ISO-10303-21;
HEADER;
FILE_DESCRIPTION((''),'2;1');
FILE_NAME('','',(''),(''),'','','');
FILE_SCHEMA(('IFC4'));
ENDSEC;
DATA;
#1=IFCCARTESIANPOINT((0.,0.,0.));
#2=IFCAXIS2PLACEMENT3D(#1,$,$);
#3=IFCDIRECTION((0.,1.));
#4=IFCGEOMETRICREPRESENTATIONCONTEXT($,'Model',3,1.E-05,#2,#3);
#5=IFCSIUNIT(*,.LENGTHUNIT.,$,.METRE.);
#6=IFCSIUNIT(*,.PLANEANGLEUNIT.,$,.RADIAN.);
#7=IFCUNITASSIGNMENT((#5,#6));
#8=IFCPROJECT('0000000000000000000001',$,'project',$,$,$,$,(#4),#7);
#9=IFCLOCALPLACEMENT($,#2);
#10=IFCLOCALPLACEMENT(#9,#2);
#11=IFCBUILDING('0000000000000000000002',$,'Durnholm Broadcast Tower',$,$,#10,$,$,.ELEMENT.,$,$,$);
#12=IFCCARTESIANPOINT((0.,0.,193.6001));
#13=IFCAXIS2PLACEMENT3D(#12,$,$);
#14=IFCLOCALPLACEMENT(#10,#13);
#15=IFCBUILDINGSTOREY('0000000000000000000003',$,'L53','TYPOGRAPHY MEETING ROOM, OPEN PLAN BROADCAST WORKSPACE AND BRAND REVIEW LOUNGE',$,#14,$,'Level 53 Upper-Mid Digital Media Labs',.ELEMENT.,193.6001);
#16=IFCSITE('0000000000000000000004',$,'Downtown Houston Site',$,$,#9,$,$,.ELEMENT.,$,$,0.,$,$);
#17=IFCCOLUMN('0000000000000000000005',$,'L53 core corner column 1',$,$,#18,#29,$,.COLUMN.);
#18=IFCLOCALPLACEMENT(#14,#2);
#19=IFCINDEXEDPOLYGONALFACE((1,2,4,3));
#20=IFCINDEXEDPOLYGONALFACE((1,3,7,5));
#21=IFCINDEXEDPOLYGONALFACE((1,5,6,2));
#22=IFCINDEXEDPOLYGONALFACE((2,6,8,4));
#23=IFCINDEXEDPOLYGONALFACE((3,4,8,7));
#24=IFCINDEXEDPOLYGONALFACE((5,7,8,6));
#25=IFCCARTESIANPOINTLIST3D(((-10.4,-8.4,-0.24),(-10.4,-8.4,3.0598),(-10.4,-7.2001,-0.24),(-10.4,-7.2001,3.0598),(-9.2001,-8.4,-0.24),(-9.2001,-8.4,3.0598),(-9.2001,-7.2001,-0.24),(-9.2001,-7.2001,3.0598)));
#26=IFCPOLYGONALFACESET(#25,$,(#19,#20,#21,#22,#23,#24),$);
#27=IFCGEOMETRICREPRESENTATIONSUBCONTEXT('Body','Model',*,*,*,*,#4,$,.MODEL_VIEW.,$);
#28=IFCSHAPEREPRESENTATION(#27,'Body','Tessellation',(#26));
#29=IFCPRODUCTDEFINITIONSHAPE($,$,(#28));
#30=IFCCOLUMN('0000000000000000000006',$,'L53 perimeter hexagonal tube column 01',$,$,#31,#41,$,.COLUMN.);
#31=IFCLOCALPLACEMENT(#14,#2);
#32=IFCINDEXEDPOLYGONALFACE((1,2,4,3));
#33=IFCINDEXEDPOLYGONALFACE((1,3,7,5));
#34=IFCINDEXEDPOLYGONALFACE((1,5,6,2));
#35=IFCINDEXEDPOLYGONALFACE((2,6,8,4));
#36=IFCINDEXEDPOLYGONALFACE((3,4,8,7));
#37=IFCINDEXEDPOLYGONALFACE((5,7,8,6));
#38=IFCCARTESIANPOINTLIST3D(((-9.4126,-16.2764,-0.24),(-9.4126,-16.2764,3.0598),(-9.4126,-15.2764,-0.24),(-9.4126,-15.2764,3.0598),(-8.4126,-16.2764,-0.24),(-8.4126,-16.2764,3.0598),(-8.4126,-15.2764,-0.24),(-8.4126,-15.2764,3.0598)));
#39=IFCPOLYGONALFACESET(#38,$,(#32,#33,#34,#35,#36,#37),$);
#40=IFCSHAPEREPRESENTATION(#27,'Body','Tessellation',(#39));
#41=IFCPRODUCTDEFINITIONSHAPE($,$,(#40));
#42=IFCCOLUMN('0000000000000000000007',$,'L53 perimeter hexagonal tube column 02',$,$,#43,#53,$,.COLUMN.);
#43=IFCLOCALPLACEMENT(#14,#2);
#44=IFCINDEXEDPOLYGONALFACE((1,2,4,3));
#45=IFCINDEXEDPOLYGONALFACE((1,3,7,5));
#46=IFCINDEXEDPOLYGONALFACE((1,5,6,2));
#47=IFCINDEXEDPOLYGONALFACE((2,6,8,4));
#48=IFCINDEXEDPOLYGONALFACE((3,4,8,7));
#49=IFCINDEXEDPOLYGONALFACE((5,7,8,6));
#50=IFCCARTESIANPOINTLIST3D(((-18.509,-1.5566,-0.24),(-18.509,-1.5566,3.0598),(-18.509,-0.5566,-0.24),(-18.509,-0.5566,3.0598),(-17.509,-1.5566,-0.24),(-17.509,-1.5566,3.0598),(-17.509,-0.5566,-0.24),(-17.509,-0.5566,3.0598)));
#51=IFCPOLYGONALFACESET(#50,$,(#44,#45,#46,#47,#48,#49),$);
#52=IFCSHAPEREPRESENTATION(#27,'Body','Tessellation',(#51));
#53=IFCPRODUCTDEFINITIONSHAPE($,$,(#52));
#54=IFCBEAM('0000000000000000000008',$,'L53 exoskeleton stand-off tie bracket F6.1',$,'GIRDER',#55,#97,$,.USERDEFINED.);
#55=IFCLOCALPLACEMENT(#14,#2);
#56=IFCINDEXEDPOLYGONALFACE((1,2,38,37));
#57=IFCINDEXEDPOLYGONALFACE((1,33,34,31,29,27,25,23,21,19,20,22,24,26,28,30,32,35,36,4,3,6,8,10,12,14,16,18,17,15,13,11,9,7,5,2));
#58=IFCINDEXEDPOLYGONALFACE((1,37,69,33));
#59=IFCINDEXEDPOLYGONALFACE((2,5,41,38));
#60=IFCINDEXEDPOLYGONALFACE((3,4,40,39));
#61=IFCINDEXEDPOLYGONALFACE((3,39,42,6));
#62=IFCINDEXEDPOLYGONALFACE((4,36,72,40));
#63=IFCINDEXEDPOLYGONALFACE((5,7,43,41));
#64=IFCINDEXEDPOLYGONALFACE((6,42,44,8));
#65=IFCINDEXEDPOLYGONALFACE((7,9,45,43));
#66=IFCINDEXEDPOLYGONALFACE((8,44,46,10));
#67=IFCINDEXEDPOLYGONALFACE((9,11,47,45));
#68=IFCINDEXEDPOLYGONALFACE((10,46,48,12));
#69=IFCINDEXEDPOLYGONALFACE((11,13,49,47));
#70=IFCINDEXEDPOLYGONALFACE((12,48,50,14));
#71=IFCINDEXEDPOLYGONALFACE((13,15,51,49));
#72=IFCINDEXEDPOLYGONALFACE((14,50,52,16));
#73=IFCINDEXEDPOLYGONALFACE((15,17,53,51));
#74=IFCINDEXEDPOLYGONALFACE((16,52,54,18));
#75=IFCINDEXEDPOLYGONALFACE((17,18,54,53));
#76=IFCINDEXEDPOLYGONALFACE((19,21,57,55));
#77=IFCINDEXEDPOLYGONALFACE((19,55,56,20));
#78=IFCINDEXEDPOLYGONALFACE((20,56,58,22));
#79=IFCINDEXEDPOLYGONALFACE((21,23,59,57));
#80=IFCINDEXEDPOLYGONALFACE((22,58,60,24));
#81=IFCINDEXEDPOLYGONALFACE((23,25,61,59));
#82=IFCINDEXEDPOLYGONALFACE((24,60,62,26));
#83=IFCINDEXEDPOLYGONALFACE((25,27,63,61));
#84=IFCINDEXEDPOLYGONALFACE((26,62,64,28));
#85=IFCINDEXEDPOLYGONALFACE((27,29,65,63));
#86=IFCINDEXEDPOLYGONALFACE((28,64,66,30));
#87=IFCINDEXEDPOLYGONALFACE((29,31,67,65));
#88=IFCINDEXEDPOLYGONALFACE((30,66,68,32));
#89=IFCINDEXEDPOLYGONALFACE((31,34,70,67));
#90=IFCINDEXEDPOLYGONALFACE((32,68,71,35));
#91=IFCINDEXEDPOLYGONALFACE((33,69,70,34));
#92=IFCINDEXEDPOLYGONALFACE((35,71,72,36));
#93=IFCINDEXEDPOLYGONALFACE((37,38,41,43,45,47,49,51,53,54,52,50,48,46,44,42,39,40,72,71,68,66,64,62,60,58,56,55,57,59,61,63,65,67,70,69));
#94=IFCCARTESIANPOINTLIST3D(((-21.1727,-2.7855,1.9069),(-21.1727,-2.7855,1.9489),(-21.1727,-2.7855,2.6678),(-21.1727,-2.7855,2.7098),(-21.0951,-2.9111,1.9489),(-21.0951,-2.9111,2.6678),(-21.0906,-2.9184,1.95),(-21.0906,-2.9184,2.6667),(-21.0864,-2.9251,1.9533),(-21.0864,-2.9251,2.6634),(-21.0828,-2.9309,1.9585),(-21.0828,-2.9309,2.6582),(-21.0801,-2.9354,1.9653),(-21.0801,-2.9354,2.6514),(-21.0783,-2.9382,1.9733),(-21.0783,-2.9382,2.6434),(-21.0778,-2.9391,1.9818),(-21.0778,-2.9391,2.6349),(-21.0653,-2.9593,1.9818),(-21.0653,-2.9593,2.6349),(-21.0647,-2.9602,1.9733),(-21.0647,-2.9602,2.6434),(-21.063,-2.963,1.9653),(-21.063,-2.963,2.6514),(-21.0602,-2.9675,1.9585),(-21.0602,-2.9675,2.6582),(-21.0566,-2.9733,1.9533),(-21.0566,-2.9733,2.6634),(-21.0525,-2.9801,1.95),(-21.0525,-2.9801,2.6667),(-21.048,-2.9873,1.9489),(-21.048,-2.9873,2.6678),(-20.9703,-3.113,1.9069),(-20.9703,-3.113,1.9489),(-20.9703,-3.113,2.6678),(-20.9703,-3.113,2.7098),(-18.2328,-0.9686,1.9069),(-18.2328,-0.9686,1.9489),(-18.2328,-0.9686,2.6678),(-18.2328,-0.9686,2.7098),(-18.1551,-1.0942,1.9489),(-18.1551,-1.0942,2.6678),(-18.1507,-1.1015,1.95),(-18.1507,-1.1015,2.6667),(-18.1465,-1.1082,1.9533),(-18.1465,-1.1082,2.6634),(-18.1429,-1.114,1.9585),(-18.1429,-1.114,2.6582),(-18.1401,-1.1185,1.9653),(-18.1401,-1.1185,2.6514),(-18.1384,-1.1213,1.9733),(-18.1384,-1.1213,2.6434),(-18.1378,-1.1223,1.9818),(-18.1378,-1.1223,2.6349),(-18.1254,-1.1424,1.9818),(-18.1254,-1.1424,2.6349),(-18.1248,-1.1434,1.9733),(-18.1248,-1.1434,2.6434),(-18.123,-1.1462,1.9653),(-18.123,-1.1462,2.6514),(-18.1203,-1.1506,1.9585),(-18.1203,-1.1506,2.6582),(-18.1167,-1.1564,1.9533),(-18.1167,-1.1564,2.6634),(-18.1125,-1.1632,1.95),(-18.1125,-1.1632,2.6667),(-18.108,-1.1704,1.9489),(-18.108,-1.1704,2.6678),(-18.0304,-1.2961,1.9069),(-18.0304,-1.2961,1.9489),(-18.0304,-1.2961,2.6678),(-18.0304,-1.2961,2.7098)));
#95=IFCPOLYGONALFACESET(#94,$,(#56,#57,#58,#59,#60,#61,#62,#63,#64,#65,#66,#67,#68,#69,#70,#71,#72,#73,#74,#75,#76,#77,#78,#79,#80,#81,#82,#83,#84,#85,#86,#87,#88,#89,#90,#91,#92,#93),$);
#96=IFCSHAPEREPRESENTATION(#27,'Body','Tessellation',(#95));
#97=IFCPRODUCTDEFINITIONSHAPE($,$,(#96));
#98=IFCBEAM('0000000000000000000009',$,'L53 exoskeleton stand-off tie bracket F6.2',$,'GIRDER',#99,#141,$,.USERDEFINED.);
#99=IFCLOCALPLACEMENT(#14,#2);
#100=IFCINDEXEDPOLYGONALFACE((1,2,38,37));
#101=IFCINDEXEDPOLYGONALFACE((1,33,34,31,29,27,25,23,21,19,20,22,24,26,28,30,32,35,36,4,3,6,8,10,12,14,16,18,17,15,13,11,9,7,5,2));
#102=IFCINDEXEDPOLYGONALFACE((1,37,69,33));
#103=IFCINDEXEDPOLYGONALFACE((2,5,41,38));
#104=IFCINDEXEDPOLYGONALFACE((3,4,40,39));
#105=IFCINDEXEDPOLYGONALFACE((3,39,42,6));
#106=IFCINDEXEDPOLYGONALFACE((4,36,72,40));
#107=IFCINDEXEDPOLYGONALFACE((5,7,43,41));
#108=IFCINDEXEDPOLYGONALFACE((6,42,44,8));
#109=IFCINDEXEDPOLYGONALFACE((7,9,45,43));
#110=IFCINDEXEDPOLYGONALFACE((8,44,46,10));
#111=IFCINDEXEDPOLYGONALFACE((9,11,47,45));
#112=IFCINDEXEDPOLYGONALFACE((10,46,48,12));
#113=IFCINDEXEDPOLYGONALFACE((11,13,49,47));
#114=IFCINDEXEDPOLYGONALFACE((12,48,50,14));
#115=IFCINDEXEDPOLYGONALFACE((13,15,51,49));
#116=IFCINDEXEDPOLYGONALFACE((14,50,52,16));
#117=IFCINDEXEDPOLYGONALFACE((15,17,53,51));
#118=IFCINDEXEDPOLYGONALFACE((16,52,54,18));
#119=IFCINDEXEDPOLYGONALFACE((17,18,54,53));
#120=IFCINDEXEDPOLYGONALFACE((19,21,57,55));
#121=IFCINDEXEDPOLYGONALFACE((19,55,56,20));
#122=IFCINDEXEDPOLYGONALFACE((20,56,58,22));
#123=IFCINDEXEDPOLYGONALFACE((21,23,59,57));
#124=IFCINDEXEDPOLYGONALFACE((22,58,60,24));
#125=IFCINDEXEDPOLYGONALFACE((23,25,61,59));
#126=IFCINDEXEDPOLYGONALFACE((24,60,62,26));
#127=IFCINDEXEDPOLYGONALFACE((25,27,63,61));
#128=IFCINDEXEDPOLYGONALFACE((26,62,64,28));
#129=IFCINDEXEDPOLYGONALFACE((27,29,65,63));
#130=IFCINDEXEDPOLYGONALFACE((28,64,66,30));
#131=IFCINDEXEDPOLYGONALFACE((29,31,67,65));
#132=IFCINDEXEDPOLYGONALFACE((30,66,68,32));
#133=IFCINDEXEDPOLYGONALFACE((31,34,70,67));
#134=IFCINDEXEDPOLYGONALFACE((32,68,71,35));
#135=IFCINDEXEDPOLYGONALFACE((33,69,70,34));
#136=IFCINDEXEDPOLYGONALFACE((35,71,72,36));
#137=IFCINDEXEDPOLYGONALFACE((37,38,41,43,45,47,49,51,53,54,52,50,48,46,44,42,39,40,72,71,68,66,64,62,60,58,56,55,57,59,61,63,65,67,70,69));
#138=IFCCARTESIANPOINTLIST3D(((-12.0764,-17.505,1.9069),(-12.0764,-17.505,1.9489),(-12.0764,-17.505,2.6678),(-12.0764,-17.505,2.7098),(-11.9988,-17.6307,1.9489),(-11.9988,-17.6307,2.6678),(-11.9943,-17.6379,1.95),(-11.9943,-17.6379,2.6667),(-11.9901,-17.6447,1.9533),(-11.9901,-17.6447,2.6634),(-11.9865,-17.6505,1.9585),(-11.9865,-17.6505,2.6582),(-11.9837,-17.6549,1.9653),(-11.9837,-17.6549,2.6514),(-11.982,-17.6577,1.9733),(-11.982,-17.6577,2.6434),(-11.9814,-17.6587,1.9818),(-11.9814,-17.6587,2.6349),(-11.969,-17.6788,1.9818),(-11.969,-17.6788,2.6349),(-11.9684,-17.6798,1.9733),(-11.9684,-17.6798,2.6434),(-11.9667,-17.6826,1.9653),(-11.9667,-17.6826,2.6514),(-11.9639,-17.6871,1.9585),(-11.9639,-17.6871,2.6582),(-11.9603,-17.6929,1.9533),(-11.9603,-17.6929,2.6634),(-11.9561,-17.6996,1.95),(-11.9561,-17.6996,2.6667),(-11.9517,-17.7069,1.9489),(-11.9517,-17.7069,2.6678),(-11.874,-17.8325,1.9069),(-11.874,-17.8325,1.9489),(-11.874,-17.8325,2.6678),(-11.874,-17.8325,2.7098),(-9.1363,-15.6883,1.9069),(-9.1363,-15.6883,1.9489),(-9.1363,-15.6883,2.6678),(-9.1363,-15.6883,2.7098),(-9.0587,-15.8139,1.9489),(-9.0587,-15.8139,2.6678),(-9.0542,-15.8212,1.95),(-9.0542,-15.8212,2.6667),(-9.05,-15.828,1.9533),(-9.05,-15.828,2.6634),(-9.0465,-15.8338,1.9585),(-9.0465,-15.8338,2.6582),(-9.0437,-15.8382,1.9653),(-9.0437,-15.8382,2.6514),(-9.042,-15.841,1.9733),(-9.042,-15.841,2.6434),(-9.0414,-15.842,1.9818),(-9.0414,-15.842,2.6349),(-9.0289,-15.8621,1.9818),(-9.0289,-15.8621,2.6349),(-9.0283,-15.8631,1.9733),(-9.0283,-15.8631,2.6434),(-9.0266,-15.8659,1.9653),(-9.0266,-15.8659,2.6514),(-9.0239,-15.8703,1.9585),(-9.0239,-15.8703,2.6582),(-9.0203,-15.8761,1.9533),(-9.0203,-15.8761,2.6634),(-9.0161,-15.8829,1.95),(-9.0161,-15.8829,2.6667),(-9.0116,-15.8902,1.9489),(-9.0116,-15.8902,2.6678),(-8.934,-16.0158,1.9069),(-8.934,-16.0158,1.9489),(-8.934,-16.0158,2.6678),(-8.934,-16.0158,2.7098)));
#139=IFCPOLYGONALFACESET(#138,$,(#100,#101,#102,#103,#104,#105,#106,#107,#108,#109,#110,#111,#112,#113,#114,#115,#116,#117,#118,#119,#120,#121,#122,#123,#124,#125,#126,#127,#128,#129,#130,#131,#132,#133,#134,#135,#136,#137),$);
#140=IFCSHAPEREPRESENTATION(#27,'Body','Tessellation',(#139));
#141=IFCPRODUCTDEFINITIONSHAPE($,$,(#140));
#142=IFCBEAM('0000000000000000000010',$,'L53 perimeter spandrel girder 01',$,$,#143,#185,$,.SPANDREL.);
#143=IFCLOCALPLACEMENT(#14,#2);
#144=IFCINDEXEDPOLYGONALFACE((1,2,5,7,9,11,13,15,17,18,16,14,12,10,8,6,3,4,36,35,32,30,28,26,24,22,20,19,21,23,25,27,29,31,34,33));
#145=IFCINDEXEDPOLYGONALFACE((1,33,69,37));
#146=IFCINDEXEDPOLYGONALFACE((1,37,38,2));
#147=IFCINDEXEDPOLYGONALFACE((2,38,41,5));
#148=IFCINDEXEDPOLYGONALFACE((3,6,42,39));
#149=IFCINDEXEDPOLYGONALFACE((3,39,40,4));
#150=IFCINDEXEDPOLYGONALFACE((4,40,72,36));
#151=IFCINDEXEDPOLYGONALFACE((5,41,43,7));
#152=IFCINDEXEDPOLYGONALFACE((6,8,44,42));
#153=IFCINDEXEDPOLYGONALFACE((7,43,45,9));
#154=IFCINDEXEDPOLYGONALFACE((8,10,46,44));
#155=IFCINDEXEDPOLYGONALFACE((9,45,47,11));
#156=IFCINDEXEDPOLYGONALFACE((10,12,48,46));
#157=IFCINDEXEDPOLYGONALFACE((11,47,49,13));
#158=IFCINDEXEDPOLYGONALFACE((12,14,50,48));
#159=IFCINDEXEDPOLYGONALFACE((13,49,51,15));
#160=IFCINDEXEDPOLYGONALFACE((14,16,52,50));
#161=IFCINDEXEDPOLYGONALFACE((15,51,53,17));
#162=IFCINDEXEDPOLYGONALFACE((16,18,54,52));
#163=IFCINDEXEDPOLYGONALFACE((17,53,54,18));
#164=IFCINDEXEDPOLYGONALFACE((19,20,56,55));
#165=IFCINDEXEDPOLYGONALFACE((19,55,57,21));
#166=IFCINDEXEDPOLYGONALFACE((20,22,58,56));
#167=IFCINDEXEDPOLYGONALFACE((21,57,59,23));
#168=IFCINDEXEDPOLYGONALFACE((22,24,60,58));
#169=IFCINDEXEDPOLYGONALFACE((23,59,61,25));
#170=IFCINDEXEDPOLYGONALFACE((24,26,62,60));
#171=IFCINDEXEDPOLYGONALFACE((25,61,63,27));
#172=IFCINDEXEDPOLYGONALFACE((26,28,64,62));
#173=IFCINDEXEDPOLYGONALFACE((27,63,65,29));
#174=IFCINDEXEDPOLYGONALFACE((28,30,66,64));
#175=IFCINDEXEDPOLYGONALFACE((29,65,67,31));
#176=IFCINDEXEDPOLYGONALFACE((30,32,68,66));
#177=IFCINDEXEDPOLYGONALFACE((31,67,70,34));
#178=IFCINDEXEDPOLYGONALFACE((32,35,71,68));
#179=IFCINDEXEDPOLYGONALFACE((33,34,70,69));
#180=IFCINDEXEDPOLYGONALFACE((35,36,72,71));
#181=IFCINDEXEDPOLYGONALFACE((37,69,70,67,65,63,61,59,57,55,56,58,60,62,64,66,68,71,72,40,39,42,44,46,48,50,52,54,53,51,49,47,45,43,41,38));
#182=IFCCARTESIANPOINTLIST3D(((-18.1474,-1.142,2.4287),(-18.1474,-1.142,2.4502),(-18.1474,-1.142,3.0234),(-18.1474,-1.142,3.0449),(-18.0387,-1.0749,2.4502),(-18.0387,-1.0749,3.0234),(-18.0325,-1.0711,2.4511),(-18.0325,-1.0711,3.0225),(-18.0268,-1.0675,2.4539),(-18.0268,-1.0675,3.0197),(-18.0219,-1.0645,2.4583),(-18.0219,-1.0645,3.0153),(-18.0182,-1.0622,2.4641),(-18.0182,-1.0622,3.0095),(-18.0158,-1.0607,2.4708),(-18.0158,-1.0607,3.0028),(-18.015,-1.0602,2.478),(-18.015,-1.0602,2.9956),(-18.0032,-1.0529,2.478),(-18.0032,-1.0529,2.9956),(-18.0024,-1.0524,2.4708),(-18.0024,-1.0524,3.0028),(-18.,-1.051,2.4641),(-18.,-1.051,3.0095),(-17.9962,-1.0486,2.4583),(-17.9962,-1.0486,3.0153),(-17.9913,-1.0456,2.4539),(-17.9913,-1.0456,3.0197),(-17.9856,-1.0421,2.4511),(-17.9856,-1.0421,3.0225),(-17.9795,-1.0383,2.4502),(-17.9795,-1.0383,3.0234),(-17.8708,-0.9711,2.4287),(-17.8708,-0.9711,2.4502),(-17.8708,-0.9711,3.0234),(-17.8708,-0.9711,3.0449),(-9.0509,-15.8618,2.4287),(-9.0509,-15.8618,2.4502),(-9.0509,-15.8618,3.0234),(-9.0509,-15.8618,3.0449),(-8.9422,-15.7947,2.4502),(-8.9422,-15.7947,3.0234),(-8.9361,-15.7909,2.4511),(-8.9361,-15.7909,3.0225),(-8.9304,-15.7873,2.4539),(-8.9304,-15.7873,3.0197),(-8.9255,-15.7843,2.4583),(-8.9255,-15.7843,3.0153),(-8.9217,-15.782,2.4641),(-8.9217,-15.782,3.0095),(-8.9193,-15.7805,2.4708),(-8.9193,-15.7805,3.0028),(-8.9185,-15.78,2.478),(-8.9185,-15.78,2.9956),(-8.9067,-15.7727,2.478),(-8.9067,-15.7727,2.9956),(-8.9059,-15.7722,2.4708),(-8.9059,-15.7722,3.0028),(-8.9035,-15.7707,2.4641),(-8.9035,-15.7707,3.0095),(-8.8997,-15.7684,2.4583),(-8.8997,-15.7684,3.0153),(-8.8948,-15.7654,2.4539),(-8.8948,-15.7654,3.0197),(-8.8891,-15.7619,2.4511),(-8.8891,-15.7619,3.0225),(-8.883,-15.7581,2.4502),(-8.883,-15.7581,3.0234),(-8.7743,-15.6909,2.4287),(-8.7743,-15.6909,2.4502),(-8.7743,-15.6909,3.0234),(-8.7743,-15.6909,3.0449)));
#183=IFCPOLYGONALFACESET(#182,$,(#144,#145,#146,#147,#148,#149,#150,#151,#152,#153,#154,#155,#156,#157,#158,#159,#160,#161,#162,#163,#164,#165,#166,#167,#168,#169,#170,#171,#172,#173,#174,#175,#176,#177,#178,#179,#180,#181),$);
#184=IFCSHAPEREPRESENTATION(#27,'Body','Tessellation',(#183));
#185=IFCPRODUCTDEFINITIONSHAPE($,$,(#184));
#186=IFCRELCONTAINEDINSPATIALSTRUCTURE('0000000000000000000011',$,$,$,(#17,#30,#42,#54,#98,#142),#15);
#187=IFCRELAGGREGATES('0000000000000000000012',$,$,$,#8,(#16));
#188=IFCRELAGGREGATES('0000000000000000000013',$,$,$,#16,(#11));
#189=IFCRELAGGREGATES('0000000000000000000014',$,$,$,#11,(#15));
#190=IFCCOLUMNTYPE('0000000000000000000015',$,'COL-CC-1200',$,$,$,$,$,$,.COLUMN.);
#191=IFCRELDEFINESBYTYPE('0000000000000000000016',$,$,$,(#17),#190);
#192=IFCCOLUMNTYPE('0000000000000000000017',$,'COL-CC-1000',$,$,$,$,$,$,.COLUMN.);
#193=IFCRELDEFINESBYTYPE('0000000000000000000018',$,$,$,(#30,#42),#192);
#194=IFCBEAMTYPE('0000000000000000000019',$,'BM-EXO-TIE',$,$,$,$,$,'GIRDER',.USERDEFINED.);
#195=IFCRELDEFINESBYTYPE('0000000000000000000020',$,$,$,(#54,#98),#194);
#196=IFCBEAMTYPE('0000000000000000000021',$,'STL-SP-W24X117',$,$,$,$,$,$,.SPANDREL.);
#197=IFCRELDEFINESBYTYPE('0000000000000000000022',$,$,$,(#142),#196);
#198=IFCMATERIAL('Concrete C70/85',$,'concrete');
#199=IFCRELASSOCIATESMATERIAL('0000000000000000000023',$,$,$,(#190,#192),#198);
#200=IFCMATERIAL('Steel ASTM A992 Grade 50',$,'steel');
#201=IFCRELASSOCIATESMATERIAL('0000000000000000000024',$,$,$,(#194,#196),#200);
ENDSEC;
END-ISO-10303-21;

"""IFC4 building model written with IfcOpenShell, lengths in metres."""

from ifc_helpers import new_model, si_unit, direction, frame, origin, origin_2d, place, context, subcontext, project, spatial, rectangle, i_section, extrude, source, transform, mapped, material, material_profile, profile_set, type_object, type_shapes, element, save


model = new_model("IFC4")

# Units and contexts
model_context = context("Model", 3, precision=1e-05, world=origin(), true_north=direction((0.0, 1.0)))
body_context = subcontext(model_context, "Body", "Model", "MODEL_VIEW")
ifc_project = project(units=[si_unit("LENGTHUNIT", "METRE"), si_unit("PLANEANGLEUNIT", "RADIAN")], contexts=[model_context])

# Site, building, storey
site_placement = place(None, origin())
site = spatial("IfcSite", under=ifc_project, at=site_placement, Name="Downtown Houston Site", CompositionType="ELEMENT", RefElevation=0.0)
building_placement = place(site_placement, origin())
building = spatial("IfcBuilding", under=site, at=building_placement, Name="Durnholm Broadcast Tower", CompositionType="ELEMENT")
storey_placement = place(building_placement, frame((0.0, 0.0, 193.6001)))
storey = spatial("IfcBuildingStorey", under=building, at=storey_placement, Name="L53", Description="TYPOGRAPHY MEETING ROOM, OPEN PLAN BROADCAST WORKSPACE AND BRAND REVIEW LOUNGE", LongName="Level 53 Upper-Mid Digital Media Labs", CompositionType="ELEMENT", Elevation=193.6001)

# Columns
ifc_material_1 = material(Name="Concrete C70/85", Category="concrete")
ifc_material_profile_1 = material_profile(ifc_material_1, rectangle(XDim=1.2, YDim=1.2, at=origin_2d()), Name="RC1200X1200")
ifc_profile_set_1 = profile_set([ifc_material_profile_1], Name="Concrete C70/85")
column_type_1 = type_object("IfcColumnType", Name="COL-CC-1200", PredefinedType="COLUMN", material=ifc_profile_set_1)
shared_shape_1 = source(origin(), body_context, "Body", "SweptSolid", [
    extrude(rectangle(XDim=1.2, YDim=1.2, at=origin_2d()), origin(), (0.0, 0.0, 1.0), 3.2998),
])
type_shapes(column_type_1, [shared_shape_1])
column_placement = place(storey_placement, frame((-9.8, -7.8, -0.24), z_axis=(0.0, 0.0, 1.0), x_axis=(1.0, 0.0, 0.0)))
element("IfcColumn", 1, at=column_placement, inside=storey, type_object=column_type_1, Name="L53 core corner column 1", PredefinedType="COLUMN", context=body_context, shape_type="MappedRepresentation", body=[
    mapped(shared_shape_1, transform((0.0, 0.0, 0.0), x_axis=(1.0, 0.0, 0.0), y_axis=(0.0, 1.0, 0.0), z_axis=(0.0, 0.0, 1.0), scale=1.0)),
])
ifc_material_profile_2 = material_profile(ifc_material_1, rectangle(XDim=1.0, YDim=1.0, at=origin_2d()), Name="RC1000X1000")
ifc_profile_set_2 = profile_set([ifc_material_profile_2], Name="Concrete C70/85")
column_type_2 = type_object("IfcColumnType", Name="COL-CC-1000", PredefinedType="COLUMN", material=ifc_profile_set_2)
shared_shape_2 = source(origin(), body_context, "Body", "SweptSolid", [
    extrude(rectangle(XDim=1.0, YDim=1.0, at=origin_2d()), origin(), (0.0, 0.0, 1.0), 3.2998),
])
type_shapes(column_type_2, [shared_shape_2])
for number, where, z_axis, x_axis, name in (
    (2, (-8.9126, -15.7764, -0.24), (0.0, 0.0, 1.0), (1.0, 0.0, 0.0), "L53 perimeter hexagonal tube column 01"),
    (3, (-18.009, -1.0566, -0.24), (0.0, 0.0, 1.0), (1.0, 0.0, 0.0), "L53 perimeter hexagonal tube column 02"),
):
    element("IfcColumn", number, at=place(storey_placement, frame(where, z_axis=z_axis, x_axis=x_axis)), inside=storey, type_object=column_type_2, Name=name, PredefinedType="COLUMN", context=body_context, shape_type="MappedRepresentation", body=[
        mapped(shared_shape_2, transform((0.0, 0.0, 0.0), x_axis=(1.0, 0.0, 0.0), y_axis=(0.0, 1.0, 0.0), z_axis=(0.0, 0.0, 1.0), scale=1.0)),
    ])

# Beams
ifc_material_2 = material(Name="Steel ASTM A992 Grade 50", Category="steel")
ifc_material_profile_3 = material_profile(ifc_material_2, i_section(OverallWidth=0.385, OverallDepth=0.803, WebThickness=0.0237, FlangeThickness=0.042, FilletRadius=0.033, at=origin_2d()), Name="W30X261")
ifc_profile_set_3 = profile_set([ifc_material_profile_3], Name="Steel ASTM A992 Grade 50")
beam_type_1 = type_object("IfcBeamType", Name="BM-EXO-TIE", ElementType="GIRDER", PredefinedType="USERDEFINED", material=ifc_profile_set_3)
shared_shape_3 = source(origin(), body_context, "Body", "SweptSolid", [
    extrude(i_section(OverallWidth=0.385, OverallDepth=0.803, WebThickness=0.0237, FlangeThickness=0.042, FilletRadius=0.033, at=origin_2d()), origin(), (0.0, 0.0, 1.0), 3.4561),
])
for number, where, z_axis, x_axis, name in (
    (4, (-18.1316, -1.1323, 2.3083), (-0.850662, -0.525712, 0.0), (0.525712, -0.850662, 0.0), "L53 exoskeleton stand-off tie bracket F6.1"),
    (5, (-9.0352, -15.8521, 2.3083), (-0.850694, -0.525661, 0.0), (0.525661, -0.850694, 0.0), "L53 exoskeleton stand-off tie bracket F6.2"),
):
    element("IfcBeam", number, at=place(storey_placement, frame(where, z_axis=z_axis, x_axis=x_axis)), inside=storey, type_object=beam_type_1, Name=name, ObjectType="GIRDER", PredefinedType="USERDEFINED", context=body_context, shape_type="MappedRepresentation", body=[
        mapped(shared_shape_3, transform((0.0, 0.0, 0.0), x_axis=(1.0, 0.0, 0.0), y_axis=(0.0, 1.0, 0.0), z_axis=(0.0, 0.0, 1.0), scale=1.0)),
    ])
ifc_material_profile_4 = material_profile(ifc_material_2, i_section(OverallWidth=0.3252, OverallDepth=0.6162, WebThickness=0.0139, FlangeThickness=0.0215, FilletRadius=0.0278, at=origin_2d()), Name="W24X117")
ifc_profile_set_4 = profile_set([ifc_material_profile_4], Name="Steel ASTM A992 Grade 50")
beam_type_2 = type_object("IfcBeamType", Name="STL-SP-W24X117", PredefinedType="SPANDREL", material=ifc_profile_set_4)
shared_shape_4 = source(origin(), body_context, "Body", "SweptSolid", [
    extrude(i_section(OverallWidth=0.3252, OverallDepth=0.6162, WebThickness=0.0139, FlangeThickness=0.0215, FilletRadius=0.0278, at=origin_2d()), origin(), (0.0, 0.0, 1.0), 17.3037),
])
beam_1_placement = place(storey_placement, frame((-8.9126, -15.7764, 2.7368), z_axis=(-0.525695, 0.850673, 0.0), x_axis=(-0.850673, -0.525695, 0.0)))
element("IfcBeam", 6, at=beam_1_placement, inside=storey, type_object=beam_type_2, Name="L53 perimeter spandrel girder 01", PredefinedType="SPANDREL", context=body_context, shape_type="MappedRepresentation", body=[
    mapped(shared_shape_4, transform((0.0, 0.0, 0.0), x_axis=(1.0, 0.0, 0.0), y_axis=(0.0, 1.0, 0.0), z_axis=(0.0, 0.0, 1.0), scale=1.0)),
])

save(model, "model.ifc")
